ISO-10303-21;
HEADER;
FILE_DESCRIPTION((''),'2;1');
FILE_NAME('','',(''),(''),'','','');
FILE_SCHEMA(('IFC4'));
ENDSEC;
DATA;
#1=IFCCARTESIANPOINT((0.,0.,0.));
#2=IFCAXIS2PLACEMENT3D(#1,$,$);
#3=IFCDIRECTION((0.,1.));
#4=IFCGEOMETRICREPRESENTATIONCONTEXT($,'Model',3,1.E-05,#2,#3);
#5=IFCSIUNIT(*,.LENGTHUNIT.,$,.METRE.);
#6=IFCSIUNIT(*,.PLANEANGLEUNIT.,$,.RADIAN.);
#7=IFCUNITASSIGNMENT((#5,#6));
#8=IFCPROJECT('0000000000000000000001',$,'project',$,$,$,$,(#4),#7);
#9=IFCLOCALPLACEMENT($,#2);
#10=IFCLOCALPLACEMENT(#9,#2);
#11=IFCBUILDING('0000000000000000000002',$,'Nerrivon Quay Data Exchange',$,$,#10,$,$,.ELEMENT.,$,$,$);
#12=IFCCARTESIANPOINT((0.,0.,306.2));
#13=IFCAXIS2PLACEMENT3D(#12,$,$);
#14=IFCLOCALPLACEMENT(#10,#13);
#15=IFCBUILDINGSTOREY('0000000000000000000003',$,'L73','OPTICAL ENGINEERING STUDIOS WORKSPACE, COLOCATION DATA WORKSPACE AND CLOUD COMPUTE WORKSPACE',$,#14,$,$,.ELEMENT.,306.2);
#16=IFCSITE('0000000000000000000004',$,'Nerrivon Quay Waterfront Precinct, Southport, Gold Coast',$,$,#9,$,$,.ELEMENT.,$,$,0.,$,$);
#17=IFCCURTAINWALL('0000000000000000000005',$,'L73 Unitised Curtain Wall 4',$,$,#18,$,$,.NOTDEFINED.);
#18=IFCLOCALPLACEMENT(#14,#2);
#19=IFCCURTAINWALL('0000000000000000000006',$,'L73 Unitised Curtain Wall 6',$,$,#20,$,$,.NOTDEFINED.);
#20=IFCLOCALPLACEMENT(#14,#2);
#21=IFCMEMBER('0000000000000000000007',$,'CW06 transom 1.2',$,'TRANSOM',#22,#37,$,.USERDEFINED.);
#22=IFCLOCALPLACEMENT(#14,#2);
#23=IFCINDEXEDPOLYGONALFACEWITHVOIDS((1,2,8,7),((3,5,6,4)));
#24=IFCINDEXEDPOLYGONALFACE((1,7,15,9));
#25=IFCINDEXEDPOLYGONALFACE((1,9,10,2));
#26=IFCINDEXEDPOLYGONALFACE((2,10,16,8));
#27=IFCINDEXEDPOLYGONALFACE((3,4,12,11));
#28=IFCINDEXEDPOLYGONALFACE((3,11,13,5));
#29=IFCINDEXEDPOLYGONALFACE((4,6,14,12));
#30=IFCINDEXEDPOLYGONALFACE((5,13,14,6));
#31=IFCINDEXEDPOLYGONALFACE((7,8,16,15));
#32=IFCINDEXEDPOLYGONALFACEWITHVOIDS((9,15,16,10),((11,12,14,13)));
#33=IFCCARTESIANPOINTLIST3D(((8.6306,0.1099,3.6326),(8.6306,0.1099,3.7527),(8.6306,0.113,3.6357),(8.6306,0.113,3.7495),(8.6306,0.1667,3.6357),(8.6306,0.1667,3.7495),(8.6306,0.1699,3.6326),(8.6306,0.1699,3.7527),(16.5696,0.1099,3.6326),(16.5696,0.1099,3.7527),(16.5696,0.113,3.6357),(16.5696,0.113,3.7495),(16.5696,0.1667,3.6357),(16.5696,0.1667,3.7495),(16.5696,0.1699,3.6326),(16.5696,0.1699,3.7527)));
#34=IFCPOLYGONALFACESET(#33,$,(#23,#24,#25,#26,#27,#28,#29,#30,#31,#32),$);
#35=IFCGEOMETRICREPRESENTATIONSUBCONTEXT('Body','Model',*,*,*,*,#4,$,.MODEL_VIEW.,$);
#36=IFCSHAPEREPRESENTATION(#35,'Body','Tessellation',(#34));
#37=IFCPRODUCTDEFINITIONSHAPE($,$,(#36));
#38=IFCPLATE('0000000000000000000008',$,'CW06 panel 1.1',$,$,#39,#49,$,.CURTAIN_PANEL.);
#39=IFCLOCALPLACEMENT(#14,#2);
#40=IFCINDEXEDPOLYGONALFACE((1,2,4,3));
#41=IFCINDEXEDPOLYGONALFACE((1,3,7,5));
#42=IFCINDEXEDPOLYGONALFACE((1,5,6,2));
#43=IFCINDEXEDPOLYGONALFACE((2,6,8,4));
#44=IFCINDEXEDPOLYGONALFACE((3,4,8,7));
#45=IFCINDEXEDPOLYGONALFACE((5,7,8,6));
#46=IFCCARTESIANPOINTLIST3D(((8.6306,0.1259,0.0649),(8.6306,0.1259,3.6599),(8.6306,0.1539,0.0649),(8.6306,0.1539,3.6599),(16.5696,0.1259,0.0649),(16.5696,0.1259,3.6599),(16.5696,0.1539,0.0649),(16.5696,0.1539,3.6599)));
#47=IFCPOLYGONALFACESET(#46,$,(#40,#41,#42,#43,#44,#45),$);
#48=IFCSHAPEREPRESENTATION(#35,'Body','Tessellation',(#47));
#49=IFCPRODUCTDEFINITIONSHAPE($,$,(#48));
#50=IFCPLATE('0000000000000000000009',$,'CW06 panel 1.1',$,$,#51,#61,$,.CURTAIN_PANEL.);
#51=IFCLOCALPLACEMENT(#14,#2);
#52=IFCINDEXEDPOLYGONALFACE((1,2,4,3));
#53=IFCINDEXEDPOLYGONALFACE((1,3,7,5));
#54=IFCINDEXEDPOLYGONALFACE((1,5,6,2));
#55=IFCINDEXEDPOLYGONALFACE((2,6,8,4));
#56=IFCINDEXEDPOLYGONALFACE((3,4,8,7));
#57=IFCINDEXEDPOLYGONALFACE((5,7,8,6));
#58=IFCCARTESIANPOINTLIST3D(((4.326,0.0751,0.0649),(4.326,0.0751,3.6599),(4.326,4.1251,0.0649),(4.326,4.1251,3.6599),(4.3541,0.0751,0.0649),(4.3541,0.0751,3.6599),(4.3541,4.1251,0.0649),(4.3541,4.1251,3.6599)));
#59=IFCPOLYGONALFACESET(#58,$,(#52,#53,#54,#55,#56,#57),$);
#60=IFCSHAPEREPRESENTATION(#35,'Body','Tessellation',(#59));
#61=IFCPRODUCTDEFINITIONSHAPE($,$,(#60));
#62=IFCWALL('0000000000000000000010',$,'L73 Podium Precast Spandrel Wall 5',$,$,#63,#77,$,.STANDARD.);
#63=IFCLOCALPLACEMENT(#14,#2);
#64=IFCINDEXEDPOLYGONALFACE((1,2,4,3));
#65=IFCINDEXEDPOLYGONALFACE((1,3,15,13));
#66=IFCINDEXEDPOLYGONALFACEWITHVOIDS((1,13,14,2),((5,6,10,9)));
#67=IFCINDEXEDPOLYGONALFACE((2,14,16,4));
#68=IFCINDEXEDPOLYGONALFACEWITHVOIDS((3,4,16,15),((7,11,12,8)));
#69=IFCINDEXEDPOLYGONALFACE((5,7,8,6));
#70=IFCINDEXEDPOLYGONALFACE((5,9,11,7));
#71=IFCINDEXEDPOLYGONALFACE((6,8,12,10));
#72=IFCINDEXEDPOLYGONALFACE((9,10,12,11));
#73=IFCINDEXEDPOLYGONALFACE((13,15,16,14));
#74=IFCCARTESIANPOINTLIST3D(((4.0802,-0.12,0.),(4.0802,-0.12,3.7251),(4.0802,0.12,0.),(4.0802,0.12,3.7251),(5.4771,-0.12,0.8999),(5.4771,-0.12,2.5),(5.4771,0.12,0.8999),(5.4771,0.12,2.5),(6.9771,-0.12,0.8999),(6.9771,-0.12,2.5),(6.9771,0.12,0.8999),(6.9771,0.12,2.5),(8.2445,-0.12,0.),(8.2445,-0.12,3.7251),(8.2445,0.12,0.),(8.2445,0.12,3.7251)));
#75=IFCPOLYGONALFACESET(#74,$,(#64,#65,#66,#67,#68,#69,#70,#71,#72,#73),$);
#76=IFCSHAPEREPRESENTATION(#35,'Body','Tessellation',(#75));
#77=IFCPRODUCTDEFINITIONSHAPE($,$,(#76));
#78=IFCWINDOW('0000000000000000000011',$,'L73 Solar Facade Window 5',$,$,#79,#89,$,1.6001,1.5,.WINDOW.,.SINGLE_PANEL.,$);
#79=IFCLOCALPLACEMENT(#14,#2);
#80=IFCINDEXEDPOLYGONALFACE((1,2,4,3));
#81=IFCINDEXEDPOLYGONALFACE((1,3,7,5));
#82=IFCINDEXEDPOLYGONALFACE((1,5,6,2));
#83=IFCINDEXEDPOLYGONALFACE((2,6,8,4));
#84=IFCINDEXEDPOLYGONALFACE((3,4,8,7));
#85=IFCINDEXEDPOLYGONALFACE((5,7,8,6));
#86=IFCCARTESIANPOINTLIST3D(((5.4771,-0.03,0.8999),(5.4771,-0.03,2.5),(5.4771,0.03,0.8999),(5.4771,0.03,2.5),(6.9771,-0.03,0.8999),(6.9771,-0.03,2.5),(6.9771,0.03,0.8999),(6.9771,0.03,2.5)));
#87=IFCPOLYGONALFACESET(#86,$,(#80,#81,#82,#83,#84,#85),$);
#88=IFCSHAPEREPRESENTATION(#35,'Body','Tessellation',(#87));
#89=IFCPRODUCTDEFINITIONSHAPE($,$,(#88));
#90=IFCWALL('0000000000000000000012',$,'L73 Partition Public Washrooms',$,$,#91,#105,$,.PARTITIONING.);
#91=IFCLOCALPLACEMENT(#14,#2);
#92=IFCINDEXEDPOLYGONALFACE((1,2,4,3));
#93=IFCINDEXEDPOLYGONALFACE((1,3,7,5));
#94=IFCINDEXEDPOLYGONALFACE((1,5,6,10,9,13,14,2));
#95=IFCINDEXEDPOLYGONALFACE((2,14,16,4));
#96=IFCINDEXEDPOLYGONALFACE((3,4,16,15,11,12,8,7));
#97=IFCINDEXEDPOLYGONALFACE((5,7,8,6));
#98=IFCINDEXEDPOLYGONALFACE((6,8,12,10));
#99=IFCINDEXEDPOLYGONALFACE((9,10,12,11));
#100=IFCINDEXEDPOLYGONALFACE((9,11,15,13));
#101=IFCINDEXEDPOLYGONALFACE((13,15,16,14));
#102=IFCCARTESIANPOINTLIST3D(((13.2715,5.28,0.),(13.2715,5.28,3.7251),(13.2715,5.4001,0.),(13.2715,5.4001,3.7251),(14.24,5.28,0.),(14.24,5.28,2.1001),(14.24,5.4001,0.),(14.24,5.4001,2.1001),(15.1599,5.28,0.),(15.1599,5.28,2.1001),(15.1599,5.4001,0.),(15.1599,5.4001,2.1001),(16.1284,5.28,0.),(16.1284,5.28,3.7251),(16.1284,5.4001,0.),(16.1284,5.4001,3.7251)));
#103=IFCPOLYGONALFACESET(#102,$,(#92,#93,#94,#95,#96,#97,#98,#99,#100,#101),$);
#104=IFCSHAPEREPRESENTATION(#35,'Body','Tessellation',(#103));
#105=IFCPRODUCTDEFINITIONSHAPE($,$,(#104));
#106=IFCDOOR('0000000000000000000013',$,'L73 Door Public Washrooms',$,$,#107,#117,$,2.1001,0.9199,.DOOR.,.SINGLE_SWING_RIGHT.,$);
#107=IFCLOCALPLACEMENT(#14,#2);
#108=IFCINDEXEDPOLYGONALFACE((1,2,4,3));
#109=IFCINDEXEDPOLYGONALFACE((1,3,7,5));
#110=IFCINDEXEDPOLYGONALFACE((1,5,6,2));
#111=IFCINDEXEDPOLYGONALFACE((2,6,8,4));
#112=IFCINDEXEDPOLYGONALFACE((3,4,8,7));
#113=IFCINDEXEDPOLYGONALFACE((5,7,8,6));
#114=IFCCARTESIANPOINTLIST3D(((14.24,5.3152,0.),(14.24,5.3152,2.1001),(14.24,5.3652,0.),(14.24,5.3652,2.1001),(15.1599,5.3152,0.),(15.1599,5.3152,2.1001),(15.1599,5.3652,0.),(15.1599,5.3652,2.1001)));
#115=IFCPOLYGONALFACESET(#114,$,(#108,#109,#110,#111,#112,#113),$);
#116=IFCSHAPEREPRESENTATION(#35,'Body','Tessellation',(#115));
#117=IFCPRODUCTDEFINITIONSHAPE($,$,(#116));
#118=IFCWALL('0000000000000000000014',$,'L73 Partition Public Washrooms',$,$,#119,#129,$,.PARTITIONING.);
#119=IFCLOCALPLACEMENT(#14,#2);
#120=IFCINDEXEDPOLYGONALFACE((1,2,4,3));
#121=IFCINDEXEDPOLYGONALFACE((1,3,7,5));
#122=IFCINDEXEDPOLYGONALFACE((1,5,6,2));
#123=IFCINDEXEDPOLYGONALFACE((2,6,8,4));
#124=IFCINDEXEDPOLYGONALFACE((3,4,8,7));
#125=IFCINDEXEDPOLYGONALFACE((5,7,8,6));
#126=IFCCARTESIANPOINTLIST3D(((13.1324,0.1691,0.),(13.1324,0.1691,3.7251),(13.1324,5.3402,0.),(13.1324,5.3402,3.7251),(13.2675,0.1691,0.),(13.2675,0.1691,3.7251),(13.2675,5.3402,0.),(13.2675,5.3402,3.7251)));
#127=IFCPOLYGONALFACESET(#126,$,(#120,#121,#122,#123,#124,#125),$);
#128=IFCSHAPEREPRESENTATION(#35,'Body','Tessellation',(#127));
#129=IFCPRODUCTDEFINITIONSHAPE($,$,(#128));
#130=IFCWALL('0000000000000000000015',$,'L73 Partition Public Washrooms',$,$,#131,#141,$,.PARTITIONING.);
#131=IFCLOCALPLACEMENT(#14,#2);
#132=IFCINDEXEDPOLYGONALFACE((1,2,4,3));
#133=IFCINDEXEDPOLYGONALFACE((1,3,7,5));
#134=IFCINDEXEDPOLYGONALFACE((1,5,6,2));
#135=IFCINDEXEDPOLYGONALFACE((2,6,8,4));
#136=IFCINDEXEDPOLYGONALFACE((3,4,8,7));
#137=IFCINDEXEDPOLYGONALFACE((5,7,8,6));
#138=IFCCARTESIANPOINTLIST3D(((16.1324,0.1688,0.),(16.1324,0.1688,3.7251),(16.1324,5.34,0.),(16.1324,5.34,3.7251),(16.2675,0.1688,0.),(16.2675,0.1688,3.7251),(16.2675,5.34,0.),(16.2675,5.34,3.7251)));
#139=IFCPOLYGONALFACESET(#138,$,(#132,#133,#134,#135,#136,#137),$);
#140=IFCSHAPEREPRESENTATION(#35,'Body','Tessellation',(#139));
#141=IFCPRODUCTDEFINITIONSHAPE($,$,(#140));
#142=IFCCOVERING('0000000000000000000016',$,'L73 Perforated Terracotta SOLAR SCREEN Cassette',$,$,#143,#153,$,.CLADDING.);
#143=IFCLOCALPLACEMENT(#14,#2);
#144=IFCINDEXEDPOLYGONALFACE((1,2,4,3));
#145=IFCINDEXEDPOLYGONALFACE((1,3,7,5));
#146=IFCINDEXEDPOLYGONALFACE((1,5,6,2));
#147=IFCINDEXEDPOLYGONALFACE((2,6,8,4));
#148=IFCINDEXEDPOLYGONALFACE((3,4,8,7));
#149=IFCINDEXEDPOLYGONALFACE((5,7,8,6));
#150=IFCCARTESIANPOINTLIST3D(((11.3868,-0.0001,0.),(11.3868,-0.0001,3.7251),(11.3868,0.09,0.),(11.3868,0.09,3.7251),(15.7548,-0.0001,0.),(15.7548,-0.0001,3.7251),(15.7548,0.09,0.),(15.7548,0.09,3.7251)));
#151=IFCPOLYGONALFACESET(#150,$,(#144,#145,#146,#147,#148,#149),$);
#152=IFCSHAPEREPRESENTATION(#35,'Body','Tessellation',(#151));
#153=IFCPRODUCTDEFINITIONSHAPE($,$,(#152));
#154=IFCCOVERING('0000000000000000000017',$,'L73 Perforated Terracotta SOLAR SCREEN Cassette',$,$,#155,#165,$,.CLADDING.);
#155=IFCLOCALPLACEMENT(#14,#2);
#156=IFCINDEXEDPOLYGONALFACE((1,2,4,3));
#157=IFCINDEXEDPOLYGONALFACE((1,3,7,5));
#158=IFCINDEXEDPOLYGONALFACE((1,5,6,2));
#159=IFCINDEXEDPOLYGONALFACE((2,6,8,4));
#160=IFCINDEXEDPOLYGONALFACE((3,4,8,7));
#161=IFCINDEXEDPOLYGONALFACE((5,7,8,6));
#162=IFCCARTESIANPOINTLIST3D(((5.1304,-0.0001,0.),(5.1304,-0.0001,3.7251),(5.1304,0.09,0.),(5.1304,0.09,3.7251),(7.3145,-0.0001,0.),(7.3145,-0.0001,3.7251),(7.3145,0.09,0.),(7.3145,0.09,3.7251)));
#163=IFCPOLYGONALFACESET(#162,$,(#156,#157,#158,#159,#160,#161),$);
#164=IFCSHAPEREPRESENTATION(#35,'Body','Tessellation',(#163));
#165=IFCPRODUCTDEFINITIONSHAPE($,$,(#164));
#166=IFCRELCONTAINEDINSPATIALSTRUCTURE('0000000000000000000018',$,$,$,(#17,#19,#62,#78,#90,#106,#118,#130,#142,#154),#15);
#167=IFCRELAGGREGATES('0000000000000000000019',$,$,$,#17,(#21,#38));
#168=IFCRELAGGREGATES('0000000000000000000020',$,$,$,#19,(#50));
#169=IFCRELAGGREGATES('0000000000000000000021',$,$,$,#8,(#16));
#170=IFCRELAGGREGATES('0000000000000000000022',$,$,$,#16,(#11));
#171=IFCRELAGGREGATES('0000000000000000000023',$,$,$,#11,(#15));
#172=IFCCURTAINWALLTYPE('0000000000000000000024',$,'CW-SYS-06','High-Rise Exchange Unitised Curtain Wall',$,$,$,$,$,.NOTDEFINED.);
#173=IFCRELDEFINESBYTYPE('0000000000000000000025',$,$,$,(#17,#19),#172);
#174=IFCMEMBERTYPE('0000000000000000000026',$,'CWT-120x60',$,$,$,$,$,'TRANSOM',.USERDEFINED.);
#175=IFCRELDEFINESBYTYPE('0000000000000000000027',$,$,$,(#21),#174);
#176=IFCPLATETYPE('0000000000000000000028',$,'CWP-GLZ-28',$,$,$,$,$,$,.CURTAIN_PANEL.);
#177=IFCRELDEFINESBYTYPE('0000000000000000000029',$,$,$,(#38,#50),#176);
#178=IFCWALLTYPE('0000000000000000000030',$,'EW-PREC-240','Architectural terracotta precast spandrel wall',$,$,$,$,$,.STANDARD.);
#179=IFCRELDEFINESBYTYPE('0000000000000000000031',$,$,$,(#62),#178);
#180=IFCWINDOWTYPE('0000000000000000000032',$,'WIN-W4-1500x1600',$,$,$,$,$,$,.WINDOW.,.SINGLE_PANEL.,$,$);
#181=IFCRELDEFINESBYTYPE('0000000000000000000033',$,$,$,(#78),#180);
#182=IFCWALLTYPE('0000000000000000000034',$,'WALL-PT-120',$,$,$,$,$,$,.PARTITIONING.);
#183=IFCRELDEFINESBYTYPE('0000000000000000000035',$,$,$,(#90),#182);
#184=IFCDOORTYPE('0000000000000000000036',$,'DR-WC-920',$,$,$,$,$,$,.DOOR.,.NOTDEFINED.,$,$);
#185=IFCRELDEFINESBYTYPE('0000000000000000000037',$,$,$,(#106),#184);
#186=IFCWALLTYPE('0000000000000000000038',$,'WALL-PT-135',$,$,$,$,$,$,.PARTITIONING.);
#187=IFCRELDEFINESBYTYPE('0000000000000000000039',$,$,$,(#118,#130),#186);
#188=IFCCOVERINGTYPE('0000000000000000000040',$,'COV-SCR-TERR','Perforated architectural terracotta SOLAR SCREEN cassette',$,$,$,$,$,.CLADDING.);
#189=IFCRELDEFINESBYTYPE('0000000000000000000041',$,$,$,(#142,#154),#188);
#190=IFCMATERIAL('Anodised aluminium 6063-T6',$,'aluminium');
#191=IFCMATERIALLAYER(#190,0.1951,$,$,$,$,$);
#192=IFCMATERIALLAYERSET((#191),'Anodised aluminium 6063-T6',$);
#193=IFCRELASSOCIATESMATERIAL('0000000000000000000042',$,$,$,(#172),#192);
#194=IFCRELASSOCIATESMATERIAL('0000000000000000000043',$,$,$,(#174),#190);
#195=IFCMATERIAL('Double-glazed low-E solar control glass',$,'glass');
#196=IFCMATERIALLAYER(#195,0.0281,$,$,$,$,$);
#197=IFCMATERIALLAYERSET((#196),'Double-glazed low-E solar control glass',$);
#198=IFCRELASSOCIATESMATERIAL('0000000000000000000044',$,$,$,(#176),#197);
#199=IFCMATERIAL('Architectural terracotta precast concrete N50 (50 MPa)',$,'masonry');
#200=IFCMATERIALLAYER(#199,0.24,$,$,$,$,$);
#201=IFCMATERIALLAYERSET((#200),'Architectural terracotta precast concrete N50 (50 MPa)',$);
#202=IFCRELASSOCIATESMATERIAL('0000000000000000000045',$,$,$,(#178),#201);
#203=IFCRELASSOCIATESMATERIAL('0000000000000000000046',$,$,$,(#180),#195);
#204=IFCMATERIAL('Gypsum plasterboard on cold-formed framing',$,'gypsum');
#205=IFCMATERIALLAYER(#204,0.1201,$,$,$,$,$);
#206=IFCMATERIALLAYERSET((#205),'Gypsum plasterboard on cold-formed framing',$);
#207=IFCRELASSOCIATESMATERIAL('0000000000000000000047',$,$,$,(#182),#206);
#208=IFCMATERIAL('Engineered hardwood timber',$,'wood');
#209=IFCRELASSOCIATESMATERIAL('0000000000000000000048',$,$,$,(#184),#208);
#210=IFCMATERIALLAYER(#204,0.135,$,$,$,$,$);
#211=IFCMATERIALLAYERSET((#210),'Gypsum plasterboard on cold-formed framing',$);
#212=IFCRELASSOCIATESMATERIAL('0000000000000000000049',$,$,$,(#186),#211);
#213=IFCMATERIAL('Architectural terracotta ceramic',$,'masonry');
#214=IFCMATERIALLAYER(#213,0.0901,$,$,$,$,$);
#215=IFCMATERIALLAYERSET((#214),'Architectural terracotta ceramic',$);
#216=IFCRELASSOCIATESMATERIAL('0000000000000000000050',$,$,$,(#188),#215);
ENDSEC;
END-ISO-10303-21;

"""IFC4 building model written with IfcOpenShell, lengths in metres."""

from ifc_helpers import new_model, si_unit, direction, frame, frame_2d, origin, origin_2d, place, context, subcontext, project, spatial, rectangle, hollow_rectangle, extrude, material, layer, layer_set, material_profile, profile_set, type_object, element, fill, aggregate, save


model = new_model("IFC4")

# Units and contexts
model_context = context("Model", 3, precision=1e-05, world=origin(), true_north=direction((0.0, 1.0)))
body_context = subcontext(model_context, "Body", "Model", "MODEL_VIEW")
ifc_project = project(units=[si_unit("LENGTHUNIT", "METRE"), si_unit("PLANEANGLEUNIT", "RADIAN")], contexts=[model_context])

# Site, building, storey
site_placement = place(None, origin())
site = spatial("IfcSite", under=ifc_project, at=site_placement, Name="Nerrivon Quay Waterfront Precinct, Southport, Gold Coast", CompositionType="ELEMENT", RefElevation=0.0)
building_placement = place(site_placement, origin())
building = spatial("IfcBuilding", under=site, at=building_placement, Name="Nerrivon Quay Data Exchange", CompositionType="ELEMENT")
storey_placement = place(building_placement, frame((0.0, 0.0, 306.2)))
storey = spatial("IfcBuildingStorey", under=building, at=storey_placement, Name="L73", Description="OPTICAL ENGINEERING STUDIOS WORKSPACE, COLOCATION DATA WORKSPACE AND CLOUD COMPUTE WORKSPACE", CompositionType="ELEMENT", Elevation=306.2)

# Curtain wall
ifc_material_1 = material(Name="Anodised aluminium 6063-T6", Category="aluminium")
ifc_layer_1 = layer(ifc_material_1, 0.1951)
ifc_layer_set_1 = layer_set([ifc_layer_1], Name="Anodised aluminium 6063-T6")
curtain_wall_type = type_object("IfcCurtainWallType", Name="CW-SYS-06", Description="High-Rise Exchange Unitised Curtain Wall", PredefinedType="NOTDEFINED", material=ifc_layer_set_1)
curtain_wall_1_placement = place(storey_placement, origin())
curtain_wall_1 = element("IfcCurtainWall", 1, at=curtain_wall_1_placement, inside=storey, type_object=curtain_wall_type, Name="L73 Unitised Curtain Wall 4", PredefinedType="NOTDEFINED")

# Curtain wall
curtain_wall_2_placement = place(storey_placement, origin())
curtain_wall_2 = element("IfcCurtainWall", 2, at=curtain_wall_2_placement, inside=storey, type_object=curtain_wall_type, Name="L73 Unitised Curtain Wall 6", PredefinedType="NOTDEFINED")

# Member
ifc_material_profile_1 = material_profile(ifc_material_1, hollow_rectangle(XDim=0.0601, YDim=0.1201, WallThickness=0.0032, at=origin_2d()), Name="ALU-TRAN-120x60")
ifc_profile_set_1 = profile_set([ifc_material_profile_1], Name="Anodised aluminium 6063-T6")
member_type_1 = type_object("IfcMemberType", Name="CWT-120x60", ElementType="TRANSOM", PredefinedType="USERDEFINED", material=ifc_profile_set_1)
member_1_placement = place(storey_placement, frame((16.5696, 0.1399, 3.6926), z_axis=(-1.0, 0.0, 0.0), x_axis=(0.0, -1.0, 0.0)))
member_1 = element("IfcMember", 3, at=member_1_placement, type_object=member_type_1, Name="CW06 transom 1.2", ObjectType="TRANSOM", PredefinedType="USERDEFINED", context=body_context, shape_type="SweptSolid", body=[
    extrude(hollow_rectangle(XDim=0.0601, YDim=0.1201, WallThickness=0.0032, at=origin_2d()), origin(), (0.0, 0.0, 1.0), 7.939),
])

# Plates
ifc_material_2 = material(Name="Double-glazed low-E solar control glass", Category="glass")
ifc_layer_2 = layer(ifc_material_2, 0.0281)
ifc_layer_set_2 = layer_set([ifc_layer_2], Name="Double-glazed low-E solar control glass")
plate_type = type_object("IfcPlateType", Name="CWP-GLZ-28", PredefinedType="CURTAIN_PANEL", material=ifc_layer_set_2)
plate_1_placement = place(storey_placement, frame((12.6001, 0.1399, 0.0649), z_axis=(0.0, 0.0, 1.0), x_axis=(-1.0, 0.0, 0.0)))
plate_1 = element("IfcPlate", 4, at=plate_1_placement, type_object=plate_type, Name="CW06 panel 1.1", PredefinedType="CURTAIN_PANEL", context=body_context, shape_type="SweptSolid", body=[
    extrude(rectangle(XDim=7.939, YDim=0.0281, at=origin_2d()), origin(), (0.0, 0.0, 1.0), 3.595),
])
aggregate(curtain_wall_1, [member_1, plate_1])
plate_2_placement = place(storey_placement, frame((4.3401, 2.1001, 0.0649), z_axis=(0.0, 0.0, 1.0), x_axis=(0.0, 1.0, 0.0)))
plate_2 = element("IfcPlate", 5, at=plate_2_placement, type_object=plate_type, Name="CW06 panel 1.1", PredefinedType="CURTAIN_PANEL", context=body_context, shape_type="SweptSolid", body=[
    extrude(rectangle(XDim=4.05, YDim=0.0281, at=origin_2d()), origin(), (0.0, 0.0, 1.0), 3.595),
])
aggregate(curtain_wall_2, [plate_2])

# Wall, opening, window
ifc_material_3 = material(Name="Architectural terracotta precast concrete N50 (50 MPa)", Category="masonry")
ifc_layer_3 = layer(ifc_material_3, 0.24)
ifc_layer_set_3 = layer_set([ifc_layer_3], Name="Architectural terracotta precast concrete N50 (50 MPa)")
wall_type_1 = type_object("IfcWallType", Name="EW-PREC-240", Description="Architectural terracotta precast spandrel wall", PredefinedType="STANDARD", material=ifc_layer_set_3)
wall_1_placement = place(storey_placement, frame((8.2444, 0.0, 0.0), z_axis=(0.0, 0.0, 1.0), x_axis=(-1.0, 0.0, 0.0)))
wall_1 = element("IfcWall", 6, at=wall_1_placement, inside=storey, type_object=wall_type_1, Name="L73 Podium Precast Spandrel Wall 5", PredefinedType="STANDARD", context=body_context, shape_type="SweptSolid", body=[
    extrude(rectangle(XDim=4.1643, YDim=0.24, at=frame_2d((2.082, 0.0))), origin(), (0.0, 0.0, 1.0), 3.7251),
])
opening_1_placement = place(wall_1_placement, frame((1.2673, 0.0, 0.8999)))
opening_1 = element("IfcOpeningElement", 7, at=opening_1_placement, cuts=wall_1, PredefinedType="OPENING", context=body_context, shape_type="SweptSolid", body=[
    extrude(rectangle(XDim=1.5, YDim=1.6001, at=frame_2d((0.75, 0.8))), frame((0.0, 0.1299, 0.0), z_axis=(0.0, -1.0, 0.0), x_axis=(1.0, 0.0, 0.0)), (0.0, 0.0, 1.0), 0.26),
])
window_type = type_object("IfcWindowType", Name="WIN-W4-1500x1600", PartitioningType="SINGLE_PANEL", PredefinedType="WINDOW", material=ifc_material_2)
window_placement = place(opening_1_placement, origin())
window = element("IfcWindow", 8, at=window_placement, inside=storey, type_object=window_type, Name="L73 Solar Facade Window 5", OverallHeight=1.6001, OverallWidth=1.5, PartitioningType="SINGLE_PANEL", PredefinedType="WINDOW", context=body_context, shape_type="SweptSolid", body=[
    extrude(rectangle(XDim=1.5, YDim=1.6001, at=frame_2d((0.75, 0.8))), frame((0.0, 0.03, 0.0), z_axis=(0.0, -1.0, 0.0), x_axis=(1.0, 0.0, 0.0)), (0.0, 0.0, 1.0), 0.0601),
])
fill(opening_1, window)

# Wall, opening, door
ifc_material_4 = material(Name="Gypsum plasterboard on cold-formed framing", Category="gypsum")
ifc_layer_4 = layer(ifc_material_4, 0.1201)
ifc_layer_set_4 = layer_set([ifc_layer_4], Name="Gypsum plasterboard on cold-formed framing")
wall_type_2 = type_object("IfcWallType", Name="WALL-PT-120", PredefinedType="PARTITIONING", material=ifc_layer_set_4)
wall_2_placement = place(storey_placement, frame((16.1284, 5.3401, 0.0), z_axis=(0.0, 0.0, 1.0), x_axis=(-1.0, 0.0, 0.0)))
wall_2 = element("IfcWall", 9, at=wall_2_placement, inside=storey, type_object=wall_type_2, Name="L73 Partition Public Washrooms", PredefinedType="PARTITIONING", context=body_context, shape_type="SweptSolid", body=[
    extrude(rectangle(XDim=2.8569, YDim=0.1201, at=frame_2d((1.4285, 0.0))), origin(), (0.0, 0.0, 1.0), 3.7251),
])
opening_2_placement = place(wall_2_placement, frame((0.9685, 0.0, 0.0)))
opening_2 = element("IfcOpeningElement", 10, at=opening_2_placement, cuts=wall_2, PredefinedType="OPENING", context=body_context, shape_type="SweptSolid", body=[
    extrude(rectangle(XDim=0.9199, YDim=2.1001, at=frame_2d((0.46, 1.05))), frame((0.0, 0.0701, 0.0), z_axis=(0.0, -1.0, 0.0), x_axis=(1.0, 0.0, 0.0)), (0.0, 0.0, 1.0), 0.1401),
])
ifc_material_5 = material(Name="Engineered hardwood timber", Category="wood")
door_type = type_object("IfcDoorType", Name="DR-WC-920", OperationType="NOTDEFINED", PredefinedType="DOOR", material=ifc_material_5)
door_placement = place(opening_2_placement, origin())
door = element("IfcDoor", 11, at=door_placement, inside=storey, type_object=door_type, Name="L73 Door Public Washrooms", OperationType="SINGLE_SWING_RIGHT", OverallHeight=2.1001, OverallWidth=0.9199, PredefinedType="DOOR", context=body_context, shape_type="SweptSolid", body=[
    extrude(rectangle(XDim=0.9199, YDim=2.1001, at=frame_2d((0.46, 1.05))), frame((0.0, 0.0249, 0.0), z_axis=(0.0, -1.0, 0.0), x_axis=(1.0, 0.0, 0.0)), (0.0, 0.0, 1.0), 0.05),
])
fill(opening_2, door)

# Walls
ifc_layer_5 = layer(ifc_material_4, 0.135)
ifc_layer_set_5 = layer_set([ifc_layer_5], Name="Gypsum plasterboard on cold-formed framing")
wall_type_3 = type_object("IfcWallType", Name="WALL-PT-135", PredefinedType="PARTITIONING", material=ifc_layer_set_5)
for number, where, z_axis, x_axis, name in (
    (12, (13.2, 5.3401, 0.0), (0.0, 0.0, 1.0), (0.0, -1.0, 0.0), "L73 Partition Public Washrooms"),
    (13, (16.2, 0.1689, 0.0), (0.0, 0.0, 1.0), (0.0, 1.0, 0.0), "L73 Partition Public Washrooms"),
):
    element("IfcWall", number, at=place(storey_placement, frame(where, z_axis=z_axis, x_axis=x_axis)), inside=storey, type_object=wall_type_3, Name=name, PredefinedType="PARTITIONING", context=body_context, shape_type="SweptSolid", body=[
        extrude(rectangle(XDim=5.1711, YDim=0.135, at=frame_2d((2.5854, 0.0))), origin(), (0.0, 0.0, 1.0), 3.7251),
    ])

# Coverings
ifc_material_6 = material(Name="Architectural terracotta ceramic", Category="masonry")
ifc_layer_6 = layer(ifc_material_6, 0.0901)
ifc_layer_set_6 = layer_set([ifc_layer_6], Name="Architectural terracotta ceramic")
covering_type = type_object("IfcCoveringType", Name="COV-SCR-TERR", Description="Perforated architectural terracotta SOLAR SCREEN cassette", PredefinedType="CLADDING", material=ifc_layer_set_6)
covering_1_placement = place(storey_placement, frame((13.5708, 0.0449, 0.0), z_axis=(0.0, 0.0, 1.0), x_axis=(-1.0, 0.0, 0.0)))
element("IfcCovering", 14, at=covering_1_placement, inside=storey, type_object=covering_type, Name="L73 Perforated Terracotta SOLAR SCREEN Cassette", PredefinedType="CLADDING", context=body_context, shape_type="SweptSolid", body=[
    extrude(rectangle(XDim=4.3679, YDim=0.0901, at=origin_2d()), origin(), (0.0, 0.0, 1.0), 3.7251),
])
covering_2_placement = place(storey_placement, frame((6.2224, 0.0449, 0.0), z_axis=(0.0, 0.0, 1.0), x_axis=(-1.0, 0.0, 0.0)))
element("IfcCovering", 15, at=covering_2_placement, inside=storey, type_object=covering_type, Name="L73 Perforated Terracotta SOLAR SCREEN Cassette", PredefinedType="CLADDING", context=body_context, shape_type="SweptSolid", body=[
    extrude(rectangle(XDim=2.1841, YDim=0.0901, at=origin_2d()), origin(), (0.0, 0.0, 1.0), 3.7251),
])

save(model, "model.ifc")
